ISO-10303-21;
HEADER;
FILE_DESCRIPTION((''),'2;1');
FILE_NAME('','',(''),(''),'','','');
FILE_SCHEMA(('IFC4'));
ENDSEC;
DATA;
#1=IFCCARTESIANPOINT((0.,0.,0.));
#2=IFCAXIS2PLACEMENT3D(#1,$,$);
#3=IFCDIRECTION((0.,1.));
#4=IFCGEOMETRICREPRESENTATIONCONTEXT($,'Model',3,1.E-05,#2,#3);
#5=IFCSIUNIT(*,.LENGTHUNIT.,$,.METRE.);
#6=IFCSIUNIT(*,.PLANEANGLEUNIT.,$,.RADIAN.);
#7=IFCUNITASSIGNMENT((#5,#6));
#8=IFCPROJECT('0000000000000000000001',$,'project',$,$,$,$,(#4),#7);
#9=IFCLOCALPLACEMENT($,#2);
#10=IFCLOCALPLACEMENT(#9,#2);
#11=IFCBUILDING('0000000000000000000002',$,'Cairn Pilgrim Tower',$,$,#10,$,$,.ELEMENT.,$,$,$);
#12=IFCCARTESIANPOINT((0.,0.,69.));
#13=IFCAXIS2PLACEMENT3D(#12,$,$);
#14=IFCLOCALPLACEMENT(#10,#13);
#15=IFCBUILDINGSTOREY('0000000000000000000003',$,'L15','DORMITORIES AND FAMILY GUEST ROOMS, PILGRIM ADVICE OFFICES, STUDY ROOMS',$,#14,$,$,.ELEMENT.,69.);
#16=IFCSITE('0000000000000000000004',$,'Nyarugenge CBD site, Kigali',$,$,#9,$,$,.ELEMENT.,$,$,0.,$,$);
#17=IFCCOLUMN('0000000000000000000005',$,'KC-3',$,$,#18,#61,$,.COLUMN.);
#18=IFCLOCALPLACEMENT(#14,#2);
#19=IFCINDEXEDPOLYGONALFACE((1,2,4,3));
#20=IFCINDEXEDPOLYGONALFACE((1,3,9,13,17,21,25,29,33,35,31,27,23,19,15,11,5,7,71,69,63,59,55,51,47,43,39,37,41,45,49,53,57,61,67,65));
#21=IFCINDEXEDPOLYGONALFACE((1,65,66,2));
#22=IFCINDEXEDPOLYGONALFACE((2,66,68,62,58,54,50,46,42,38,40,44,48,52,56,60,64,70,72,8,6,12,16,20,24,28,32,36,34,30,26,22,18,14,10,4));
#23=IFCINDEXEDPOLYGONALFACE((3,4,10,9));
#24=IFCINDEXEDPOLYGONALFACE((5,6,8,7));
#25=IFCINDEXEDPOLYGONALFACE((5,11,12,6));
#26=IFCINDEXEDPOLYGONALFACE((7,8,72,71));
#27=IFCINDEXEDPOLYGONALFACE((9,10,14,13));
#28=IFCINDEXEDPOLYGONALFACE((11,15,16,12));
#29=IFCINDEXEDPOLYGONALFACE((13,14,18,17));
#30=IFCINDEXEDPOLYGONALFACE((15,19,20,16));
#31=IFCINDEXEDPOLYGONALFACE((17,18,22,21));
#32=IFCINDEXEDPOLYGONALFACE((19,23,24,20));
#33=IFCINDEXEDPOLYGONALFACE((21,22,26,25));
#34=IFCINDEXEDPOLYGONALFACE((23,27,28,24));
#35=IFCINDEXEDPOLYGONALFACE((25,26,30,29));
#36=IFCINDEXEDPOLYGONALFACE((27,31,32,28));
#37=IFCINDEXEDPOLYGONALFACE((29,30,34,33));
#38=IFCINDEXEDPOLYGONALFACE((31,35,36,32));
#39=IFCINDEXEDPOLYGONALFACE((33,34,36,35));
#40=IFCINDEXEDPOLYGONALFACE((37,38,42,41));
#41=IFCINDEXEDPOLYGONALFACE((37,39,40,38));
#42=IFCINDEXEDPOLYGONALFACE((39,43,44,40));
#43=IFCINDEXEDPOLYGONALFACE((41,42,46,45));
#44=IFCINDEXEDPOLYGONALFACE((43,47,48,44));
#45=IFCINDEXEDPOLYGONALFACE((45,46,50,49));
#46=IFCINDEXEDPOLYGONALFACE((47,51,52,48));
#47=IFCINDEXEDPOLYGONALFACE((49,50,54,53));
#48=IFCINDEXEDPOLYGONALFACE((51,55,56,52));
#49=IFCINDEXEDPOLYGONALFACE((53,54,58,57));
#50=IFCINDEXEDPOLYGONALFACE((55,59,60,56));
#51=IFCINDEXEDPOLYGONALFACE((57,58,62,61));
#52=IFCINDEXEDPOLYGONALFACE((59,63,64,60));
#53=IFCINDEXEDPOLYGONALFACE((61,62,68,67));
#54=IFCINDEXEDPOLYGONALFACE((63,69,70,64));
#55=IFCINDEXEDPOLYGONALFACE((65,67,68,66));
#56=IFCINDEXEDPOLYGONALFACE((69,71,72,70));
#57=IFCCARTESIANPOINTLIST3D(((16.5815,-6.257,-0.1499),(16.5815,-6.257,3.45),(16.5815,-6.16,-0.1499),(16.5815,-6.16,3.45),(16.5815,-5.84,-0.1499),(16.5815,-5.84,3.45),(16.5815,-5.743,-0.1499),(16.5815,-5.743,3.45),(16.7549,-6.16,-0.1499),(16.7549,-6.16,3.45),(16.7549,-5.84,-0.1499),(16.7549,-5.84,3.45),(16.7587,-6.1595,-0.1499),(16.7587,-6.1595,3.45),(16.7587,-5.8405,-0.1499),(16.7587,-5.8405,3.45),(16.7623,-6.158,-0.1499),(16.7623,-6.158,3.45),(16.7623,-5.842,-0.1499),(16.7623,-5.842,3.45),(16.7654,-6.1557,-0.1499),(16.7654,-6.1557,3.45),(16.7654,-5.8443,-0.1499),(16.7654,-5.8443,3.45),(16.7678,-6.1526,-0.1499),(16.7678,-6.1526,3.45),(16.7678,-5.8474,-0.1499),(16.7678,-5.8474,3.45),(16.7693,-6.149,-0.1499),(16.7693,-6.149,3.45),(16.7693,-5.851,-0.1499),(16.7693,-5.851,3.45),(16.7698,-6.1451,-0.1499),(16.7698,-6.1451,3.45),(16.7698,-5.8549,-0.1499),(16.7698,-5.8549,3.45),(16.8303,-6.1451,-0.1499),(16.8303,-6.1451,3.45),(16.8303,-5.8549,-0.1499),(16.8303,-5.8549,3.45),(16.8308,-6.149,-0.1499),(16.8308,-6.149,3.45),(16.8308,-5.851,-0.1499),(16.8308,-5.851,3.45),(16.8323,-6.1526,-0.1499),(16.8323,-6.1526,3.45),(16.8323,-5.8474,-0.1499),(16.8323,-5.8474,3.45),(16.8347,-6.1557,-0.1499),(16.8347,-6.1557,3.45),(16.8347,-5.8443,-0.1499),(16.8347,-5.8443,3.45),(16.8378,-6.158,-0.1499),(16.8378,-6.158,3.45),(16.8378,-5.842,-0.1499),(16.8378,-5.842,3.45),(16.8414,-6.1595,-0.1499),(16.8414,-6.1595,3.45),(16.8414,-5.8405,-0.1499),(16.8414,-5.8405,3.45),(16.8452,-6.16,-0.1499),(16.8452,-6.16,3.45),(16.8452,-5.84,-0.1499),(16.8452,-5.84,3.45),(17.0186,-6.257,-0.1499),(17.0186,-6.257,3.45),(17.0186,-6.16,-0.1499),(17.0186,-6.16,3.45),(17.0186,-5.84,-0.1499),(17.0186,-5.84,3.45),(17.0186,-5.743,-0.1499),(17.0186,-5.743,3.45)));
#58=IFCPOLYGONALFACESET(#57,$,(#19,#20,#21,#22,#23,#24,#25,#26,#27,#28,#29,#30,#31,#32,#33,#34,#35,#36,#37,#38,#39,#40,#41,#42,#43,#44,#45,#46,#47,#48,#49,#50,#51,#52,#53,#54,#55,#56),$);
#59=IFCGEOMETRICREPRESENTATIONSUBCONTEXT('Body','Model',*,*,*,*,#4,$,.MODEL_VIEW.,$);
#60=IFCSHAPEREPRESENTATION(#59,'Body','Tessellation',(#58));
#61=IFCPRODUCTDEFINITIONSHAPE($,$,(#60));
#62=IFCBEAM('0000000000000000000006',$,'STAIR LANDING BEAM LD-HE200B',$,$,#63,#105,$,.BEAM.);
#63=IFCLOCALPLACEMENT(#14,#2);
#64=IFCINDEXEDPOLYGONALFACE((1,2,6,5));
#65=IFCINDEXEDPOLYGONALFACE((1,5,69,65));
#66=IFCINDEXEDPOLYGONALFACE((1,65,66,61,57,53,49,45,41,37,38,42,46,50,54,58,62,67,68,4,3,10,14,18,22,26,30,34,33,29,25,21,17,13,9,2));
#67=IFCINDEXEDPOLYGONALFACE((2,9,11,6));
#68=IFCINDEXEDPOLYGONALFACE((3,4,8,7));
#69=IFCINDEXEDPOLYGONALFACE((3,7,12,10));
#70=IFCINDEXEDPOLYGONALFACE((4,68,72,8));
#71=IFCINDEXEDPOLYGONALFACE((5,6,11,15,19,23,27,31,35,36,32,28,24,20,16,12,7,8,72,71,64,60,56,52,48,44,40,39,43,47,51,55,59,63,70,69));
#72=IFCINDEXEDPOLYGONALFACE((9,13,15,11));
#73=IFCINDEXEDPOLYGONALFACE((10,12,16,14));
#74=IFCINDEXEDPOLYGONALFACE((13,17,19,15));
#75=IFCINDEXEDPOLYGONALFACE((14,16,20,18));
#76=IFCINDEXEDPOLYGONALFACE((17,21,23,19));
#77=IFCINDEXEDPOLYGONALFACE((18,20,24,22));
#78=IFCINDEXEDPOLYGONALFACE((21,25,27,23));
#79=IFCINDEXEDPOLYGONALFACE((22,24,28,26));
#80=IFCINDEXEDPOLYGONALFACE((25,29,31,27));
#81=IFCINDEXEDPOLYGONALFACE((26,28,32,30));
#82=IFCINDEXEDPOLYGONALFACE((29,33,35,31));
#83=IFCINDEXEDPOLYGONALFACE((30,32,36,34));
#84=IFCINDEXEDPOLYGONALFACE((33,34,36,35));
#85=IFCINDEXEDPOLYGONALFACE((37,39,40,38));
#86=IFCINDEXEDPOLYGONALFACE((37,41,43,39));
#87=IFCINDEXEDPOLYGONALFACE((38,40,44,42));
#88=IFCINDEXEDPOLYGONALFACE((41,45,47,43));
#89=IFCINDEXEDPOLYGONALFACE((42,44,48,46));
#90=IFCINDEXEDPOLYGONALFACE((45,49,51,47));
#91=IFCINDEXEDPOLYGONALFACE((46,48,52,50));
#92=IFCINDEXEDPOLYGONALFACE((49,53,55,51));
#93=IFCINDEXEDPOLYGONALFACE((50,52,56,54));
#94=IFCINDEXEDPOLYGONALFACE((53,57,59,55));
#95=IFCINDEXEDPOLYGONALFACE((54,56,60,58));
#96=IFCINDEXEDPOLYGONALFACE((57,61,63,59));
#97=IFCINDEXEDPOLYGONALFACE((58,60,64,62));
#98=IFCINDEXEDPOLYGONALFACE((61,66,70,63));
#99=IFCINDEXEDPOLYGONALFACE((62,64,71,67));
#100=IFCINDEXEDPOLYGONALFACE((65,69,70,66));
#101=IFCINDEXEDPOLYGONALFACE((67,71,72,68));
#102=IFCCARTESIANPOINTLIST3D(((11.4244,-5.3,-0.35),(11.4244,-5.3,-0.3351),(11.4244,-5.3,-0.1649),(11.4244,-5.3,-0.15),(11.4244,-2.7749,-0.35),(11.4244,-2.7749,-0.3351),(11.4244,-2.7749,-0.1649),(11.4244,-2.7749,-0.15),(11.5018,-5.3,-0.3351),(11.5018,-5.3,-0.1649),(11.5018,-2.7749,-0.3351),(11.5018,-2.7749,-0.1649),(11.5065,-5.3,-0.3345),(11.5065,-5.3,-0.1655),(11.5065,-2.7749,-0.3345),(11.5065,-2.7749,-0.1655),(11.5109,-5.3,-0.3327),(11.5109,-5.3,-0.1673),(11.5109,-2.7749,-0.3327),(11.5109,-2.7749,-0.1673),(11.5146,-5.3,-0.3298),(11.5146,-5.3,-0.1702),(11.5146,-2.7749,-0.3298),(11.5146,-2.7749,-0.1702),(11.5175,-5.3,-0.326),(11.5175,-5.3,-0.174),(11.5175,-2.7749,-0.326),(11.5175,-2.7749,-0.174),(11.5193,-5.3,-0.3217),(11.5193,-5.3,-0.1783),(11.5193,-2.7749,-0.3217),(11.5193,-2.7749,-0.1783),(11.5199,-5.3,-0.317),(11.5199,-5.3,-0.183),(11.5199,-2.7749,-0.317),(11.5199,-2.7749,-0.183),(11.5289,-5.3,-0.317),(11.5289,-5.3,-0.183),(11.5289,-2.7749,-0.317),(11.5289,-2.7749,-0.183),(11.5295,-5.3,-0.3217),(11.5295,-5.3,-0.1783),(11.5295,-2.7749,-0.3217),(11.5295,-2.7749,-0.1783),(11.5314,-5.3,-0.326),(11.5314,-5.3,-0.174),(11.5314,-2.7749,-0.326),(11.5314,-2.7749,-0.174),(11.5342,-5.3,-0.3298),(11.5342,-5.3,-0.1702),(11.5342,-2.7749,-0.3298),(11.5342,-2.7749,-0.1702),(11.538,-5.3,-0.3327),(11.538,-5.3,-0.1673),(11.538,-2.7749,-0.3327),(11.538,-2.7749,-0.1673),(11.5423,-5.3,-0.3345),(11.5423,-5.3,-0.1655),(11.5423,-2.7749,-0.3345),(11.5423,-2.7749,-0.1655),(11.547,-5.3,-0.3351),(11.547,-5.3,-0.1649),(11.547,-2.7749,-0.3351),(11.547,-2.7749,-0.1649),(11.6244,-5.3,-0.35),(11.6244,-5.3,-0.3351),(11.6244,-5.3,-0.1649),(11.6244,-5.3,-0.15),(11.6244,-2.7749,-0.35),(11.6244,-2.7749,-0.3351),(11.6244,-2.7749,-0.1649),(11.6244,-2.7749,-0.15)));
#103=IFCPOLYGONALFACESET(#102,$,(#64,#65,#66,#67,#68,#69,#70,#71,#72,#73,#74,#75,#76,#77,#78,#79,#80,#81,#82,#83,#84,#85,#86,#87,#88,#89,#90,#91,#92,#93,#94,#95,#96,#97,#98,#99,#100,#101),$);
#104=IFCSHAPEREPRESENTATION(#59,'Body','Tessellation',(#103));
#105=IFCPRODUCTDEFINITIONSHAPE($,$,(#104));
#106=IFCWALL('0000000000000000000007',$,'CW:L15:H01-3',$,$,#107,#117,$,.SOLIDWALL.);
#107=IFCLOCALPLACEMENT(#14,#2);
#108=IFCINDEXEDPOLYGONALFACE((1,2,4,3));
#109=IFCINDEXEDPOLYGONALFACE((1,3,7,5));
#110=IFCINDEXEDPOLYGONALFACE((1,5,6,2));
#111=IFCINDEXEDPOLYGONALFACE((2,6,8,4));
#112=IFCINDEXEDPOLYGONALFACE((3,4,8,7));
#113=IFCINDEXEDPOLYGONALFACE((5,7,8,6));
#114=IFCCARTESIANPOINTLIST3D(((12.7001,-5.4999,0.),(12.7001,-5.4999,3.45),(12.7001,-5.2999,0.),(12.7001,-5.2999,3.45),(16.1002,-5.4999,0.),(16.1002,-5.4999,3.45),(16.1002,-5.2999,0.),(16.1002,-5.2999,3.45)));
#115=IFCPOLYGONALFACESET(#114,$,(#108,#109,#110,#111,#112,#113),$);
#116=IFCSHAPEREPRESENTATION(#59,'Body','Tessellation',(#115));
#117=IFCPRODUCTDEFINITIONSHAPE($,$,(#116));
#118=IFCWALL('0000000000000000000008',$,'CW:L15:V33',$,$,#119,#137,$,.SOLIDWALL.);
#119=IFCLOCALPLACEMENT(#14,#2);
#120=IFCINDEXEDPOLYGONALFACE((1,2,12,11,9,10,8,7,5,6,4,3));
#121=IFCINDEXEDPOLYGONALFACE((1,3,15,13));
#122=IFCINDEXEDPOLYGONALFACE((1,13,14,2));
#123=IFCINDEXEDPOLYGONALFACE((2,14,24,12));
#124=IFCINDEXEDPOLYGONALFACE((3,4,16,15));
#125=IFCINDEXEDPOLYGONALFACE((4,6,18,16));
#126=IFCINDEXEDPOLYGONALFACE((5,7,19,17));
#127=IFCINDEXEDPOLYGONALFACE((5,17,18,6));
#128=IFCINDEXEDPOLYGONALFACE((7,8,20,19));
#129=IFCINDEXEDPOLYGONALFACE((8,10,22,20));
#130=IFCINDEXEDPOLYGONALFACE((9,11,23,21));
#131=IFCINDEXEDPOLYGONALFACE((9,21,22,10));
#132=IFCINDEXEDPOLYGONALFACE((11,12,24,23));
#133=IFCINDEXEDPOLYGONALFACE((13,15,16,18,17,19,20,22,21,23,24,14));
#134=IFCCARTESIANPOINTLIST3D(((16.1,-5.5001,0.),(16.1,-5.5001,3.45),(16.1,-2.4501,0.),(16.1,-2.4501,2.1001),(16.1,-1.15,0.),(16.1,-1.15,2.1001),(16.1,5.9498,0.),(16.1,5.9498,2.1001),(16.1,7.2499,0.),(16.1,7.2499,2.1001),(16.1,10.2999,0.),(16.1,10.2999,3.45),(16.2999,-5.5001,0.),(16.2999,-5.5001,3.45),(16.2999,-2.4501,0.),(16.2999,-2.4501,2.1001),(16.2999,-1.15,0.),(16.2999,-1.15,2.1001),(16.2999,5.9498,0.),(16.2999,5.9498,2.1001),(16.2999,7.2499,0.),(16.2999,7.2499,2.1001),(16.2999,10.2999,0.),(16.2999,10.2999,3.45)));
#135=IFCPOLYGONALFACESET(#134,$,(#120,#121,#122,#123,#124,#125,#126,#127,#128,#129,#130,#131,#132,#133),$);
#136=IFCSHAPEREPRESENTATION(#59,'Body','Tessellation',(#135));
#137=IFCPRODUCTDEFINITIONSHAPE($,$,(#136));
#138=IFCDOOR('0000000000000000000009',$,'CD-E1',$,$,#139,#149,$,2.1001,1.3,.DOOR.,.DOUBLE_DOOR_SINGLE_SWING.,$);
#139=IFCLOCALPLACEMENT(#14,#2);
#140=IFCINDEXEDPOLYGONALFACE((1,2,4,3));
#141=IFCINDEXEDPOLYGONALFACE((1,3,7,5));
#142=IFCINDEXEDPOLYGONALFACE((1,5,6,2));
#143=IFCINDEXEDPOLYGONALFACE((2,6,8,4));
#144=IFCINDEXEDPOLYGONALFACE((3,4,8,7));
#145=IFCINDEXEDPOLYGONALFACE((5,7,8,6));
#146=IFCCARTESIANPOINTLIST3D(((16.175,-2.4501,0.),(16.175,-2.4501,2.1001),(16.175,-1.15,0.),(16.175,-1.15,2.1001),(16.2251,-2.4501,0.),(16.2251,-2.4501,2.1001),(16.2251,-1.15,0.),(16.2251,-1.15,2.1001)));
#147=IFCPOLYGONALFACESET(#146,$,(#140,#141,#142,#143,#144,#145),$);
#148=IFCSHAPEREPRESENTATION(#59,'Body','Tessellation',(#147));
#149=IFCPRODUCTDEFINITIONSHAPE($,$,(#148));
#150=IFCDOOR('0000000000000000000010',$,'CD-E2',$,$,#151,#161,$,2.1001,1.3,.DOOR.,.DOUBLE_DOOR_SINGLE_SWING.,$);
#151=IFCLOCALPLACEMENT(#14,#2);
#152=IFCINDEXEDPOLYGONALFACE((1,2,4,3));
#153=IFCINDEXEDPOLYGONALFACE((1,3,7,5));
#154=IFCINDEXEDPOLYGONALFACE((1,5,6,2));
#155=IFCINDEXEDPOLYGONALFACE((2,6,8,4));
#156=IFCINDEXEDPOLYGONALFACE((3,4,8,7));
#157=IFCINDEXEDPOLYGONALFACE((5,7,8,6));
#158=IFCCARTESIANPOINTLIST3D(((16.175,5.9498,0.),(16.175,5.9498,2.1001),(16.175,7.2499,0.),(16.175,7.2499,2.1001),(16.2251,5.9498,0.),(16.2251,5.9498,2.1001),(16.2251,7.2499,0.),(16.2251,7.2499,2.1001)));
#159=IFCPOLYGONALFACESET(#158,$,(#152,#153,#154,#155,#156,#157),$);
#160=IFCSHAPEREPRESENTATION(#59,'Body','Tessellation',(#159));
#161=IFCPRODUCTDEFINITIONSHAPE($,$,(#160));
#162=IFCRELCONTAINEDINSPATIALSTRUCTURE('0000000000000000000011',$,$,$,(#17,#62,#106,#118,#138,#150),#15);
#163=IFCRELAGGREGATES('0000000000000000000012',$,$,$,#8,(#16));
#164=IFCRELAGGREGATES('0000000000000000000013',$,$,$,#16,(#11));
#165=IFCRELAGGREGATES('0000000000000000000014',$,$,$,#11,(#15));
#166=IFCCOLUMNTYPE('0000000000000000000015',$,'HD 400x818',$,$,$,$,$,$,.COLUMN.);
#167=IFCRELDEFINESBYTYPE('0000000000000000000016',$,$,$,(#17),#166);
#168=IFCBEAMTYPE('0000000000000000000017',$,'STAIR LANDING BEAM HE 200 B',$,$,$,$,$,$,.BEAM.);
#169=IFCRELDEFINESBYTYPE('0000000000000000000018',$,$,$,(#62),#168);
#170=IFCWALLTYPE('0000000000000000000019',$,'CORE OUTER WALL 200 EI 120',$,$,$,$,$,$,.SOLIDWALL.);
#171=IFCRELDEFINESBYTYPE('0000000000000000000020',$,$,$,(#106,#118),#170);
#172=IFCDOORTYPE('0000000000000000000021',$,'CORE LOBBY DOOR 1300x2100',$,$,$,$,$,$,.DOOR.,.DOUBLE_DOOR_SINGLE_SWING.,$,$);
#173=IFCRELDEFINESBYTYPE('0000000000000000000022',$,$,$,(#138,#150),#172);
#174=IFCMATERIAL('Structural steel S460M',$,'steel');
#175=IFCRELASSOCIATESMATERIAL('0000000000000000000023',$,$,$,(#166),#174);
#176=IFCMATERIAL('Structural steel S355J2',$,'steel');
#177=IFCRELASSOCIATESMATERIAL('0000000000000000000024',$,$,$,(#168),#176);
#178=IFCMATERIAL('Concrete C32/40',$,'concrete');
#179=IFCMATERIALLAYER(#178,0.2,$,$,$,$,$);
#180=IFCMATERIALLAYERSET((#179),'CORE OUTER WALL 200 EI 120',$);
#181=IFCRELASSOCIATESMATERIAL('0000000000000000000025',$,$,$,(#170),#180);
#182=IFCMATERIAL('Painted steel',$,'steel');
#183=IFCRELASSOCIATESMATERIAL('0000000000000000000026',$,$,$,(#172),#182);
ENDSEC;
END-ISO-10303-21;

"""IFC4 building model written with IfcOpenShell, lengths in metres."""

from ifc_helpers import new_model, si_unit, direction, frame, frame_2d, origin, origin_2d, place, context, subcontext, project, spatial, rectangle, i_section, extrude, material, layer, layer_set, material_profile, profile_set, type_object, element, fill, save


model = new_model("IFC4")

# Units and contexts
model_context = context("Model", 3, precision=1e-05, world=origin(), true_north=direction((0.0, 1.0)))
body_context = subcontext(model_context, "Body", "Model", "MODEL_VIEW")
ifc_project = project(units=[si_unit("LENGTHUNIT", "METRE"), si_unit("PLANEANGLEUNIT", "RADIAN")], contexts=[model_context])

# Site, building, storey
site_placement = place(None, origin())
site = spatial("IfcSite", under=ifc_project, at=site_placement, Name="Nyarugenge CBD site, Kigali", CompositionType="ELEMENT", RefElevation=0.0)
building_placement = place(site_placement, origin())
building = spatial("IfcBuilding", under=site, at=building_placement, Name="Cairn Pilgrim Tower", CompositionType="ELEMENT")
storey_placement = place(building_placement, frame((0.0, 0.0, 69.0)))
storey = spatial("IfcBuildingStorey", under=building, at=storey_placement, Name="L15", Description="DORMITORIES AND FAMILY GUEST ROOMS, PILGRIM ADVICE OFFICES, STUDY ROOMS", CompositionType="ELEMENT", Elevation=69.0)

# Column
ifc_material_1 = material(Name="Structural steel S460M", Category="steel")
ifc_material_profile_1 = material_profile(ifc_material_1, i_section(OverallWidth=0.437, OverallDepth=0.5139, WebThickness=0.0605, FlangeThickness=0.0969, FilletRadius=0.0149, at=origin_2d()), Name="HD 400x818")
ifc_profile_set_1 = profile_set([ifc_material_profile_1], Name="Structural steel S460M")
column_type = type_object("IfcColumnType", Name="HD 400x818", PredefinedType="COLUMN", material=ifc_profile_set_1)
column_placement = place(storey_placement, frame((16.8, -6.0, -0.1499), z_axis=(0.0, 0.0, 1.0), x_axis=(1.0, 0.0, 0.0)))
element("IfcColumn", 1, at=column_placement, inside=storey, type_object=column_type, Name="KC-3", PredefinedType="COLUMN", context=body_context, shape_type="SweptSolid", body=[
    extrude(i_section(OverallWidth=0.437, OverallDepth=0.5139, WebThickness=0.0605, FlangeThickness=0.0969, FilletRadius=0.0149, at=origin_2d()), origin(), (0.0, 0.0, 1.0), 3.5999),
])

# Beam
ifc_material_2 = material(Name="Structural steel S355J2", Category="steel")
ifc_material_profile_2 = material_profile(ifc_material_2, i_section(OverallWidth=0.2, OverallDepth=0.2, WebThickness=0.009, FlangeThickness=0.0149, FilletRadius=0.0181, at=origin_2d()), Name="HE 200 B")
ifc_profile_set_2 = profile_set([ifc_material_profile_2], Name="Structural steel S355J2")
beam_type = type_object("IfcBeamType", Name="STAIR LANDING BEAM HE 200 B", PredefinedType="BEAM", material=ifc_profile_set_2)
beam_placement = place(storey_placement, frame((11.5244, -2.7749, -0.25), z_axis=(0.0, -1.0, 0.0), x_axis=(1.0, 0.0, 0.0)))
element("IfcBeam", 2, at=beam_placement, inside=storey, type_object=beam_type, Name="STAIR LANDING BEAM LD-HE200B", PredefinedType="BEAM", context=body_context, shape_type="SweptSolid", body=[
    extrude(i_section(OverallWidth=0.2, OverallDepth=0.2, WebThickness=0.009, FlangeThickness=0.0149, FilletRadius=0.0181, at=origin_2d()), origin(), (0.0, 0.0, 1.0), 2.5251),
])

# Wall
ifc_material_3 = material(Name="Concrete C32/40", Category="concrete")
ifc_layer_1 = layer(ifc_material_3, 0.2)
ifc_layer_set_1 = layer_set([ifc_layer_1], Name="CORE OUTER WALL 200 EI 120")
wall_type_1 = type_object("IfcWallType", Name="CORE OUTER WALL 200 EI 120", PredefinedType="SOLIDWALL", material=ifc_layer_set_1)
wall_1_placement = place(storey_placement, frame((12.7, -5.3999, 0.0), z_axis=(0.0, 0.0, 1.0), x_axis=(1.0, 0.0, 0.0)))
element("IfcWall", 3, at=wall_1_placement, inside=storey, type_object=wall_type_1, Name="CW:L15:H01-3", PredefinedType="SOLIDWALL", context=body_context, shape_type="SweptSolid", body=[
    extrude(rectangle(XDim=3.4001, YDim=0.2, at=frame_2d((1.7002, 0.0))), origin(), (0.0, 0.0, 1.0), 3.45),
])

# Wall, openings, doors
wall_2_placement = place(storey_placement, frame((16.2, -5.5, 0.0), z_axis=(0.0, 0.0, 1.0), x_axis=(0.0, 1.0, 0.0)))
wall_2 = element("IfcWall", 4, at=wall_2_placement, inside=storey, type_object=wall_type_1, Name="CW:L15:V33", PredefinedType="SOLIDWALL", context=body_context, shape_type="SweptSolid", body=[
    extrude(rectangle(XDim=15.8, YDim=0.2, at=frame_2d((7.8999, 0.0))), origin(), (0.0, 0.0, 1.0), 3.45),
])
opening_1_placement = place(wall_2_placement, frame((3.05, 0.0, 0.0)))
opening_1 = element("IfcOpeningElement", 5, at=opening_1_placement, cuts=wall_2, PredefinedType="OPENING", context=body_context, shape_type="SweptSolid", body=[
    extrude(rectangle(XDim=1.3, YDim=2.1001, at=frame_2d((0.6499, 1.05))), frame((0.0, 0.1099, 0.0), z_axis=(0.0, -1.0, 0.0), x_axis=(1.0, 0.0, 0.0)), (0.0, 0.0, 1.0), 0.22),
])
opening_2_placement = place(wall_2_placement, frame((11.45, 0.0, 0.0)))
opening_2 = element("IfcOpeningElement", 6, at=opening_2_placement, cuts=wall_2, PredefinedType="OPENING", context=body_context, shape_type="SweptSolid", body=[
    extrude(rectangle(XDim=1.3, YDim=2.1001, at=frame_2d((0.6499, 1.05))), frame((0.0, 0.1099, 0.0), z_axis=(0.0, -1.0, 0.0), x_axis=(1.0, 0.0, 0.0)), (0.0, 0.0, 1.0), 0.22),
])
ifc_material_4 = material(Name="Painted steel", Category="steel")
door_type_1 = type_object("IfcDoorType", Name="CORE LOBBY DOOR 1300x2100", OperationType="DOUBLE_DOOR_SINGLE_SWING", PredefinedType="DOOR", material=ifc_material_4)
door_1_placement = place(opening_1_placement, origin())
door_1 = element("IfcDoor", 7, at=door_1_placement, inside=storey, type_object=door_type_1, Name="CD-E1", OperationType="DOUBLE_DOOR_SINGLE_SWING", OverallHeight=2.1001, OverallWidth=1.3, PredefinedType="DOOR", context=body_context, shape_type="SweptSolid", body=[
    extrude(rectangle(XDim=1.3, YDim=2.1001, at=frame_2d((0.6499, 1.05))), frame((0.0, 0.0249, 0.0), z_axis=(0.0, -1.0, 0.0), x_axis=(1.0, 0.0, 0.0)), (0.0, 0.0, 1.0), 0.05),
])
fill(opening_1, door_1)
door_2_placement = place(opening_2_placement, origin())
door_2 = element("IfcDoor", 8, at=door_2_placement, inside=storey, type_object=door_type_1, Name="CD-E2", OperationType="DOUBLE_DOOR_SINGLE_SWING", OverallHeight=2.1001, OverallWidth=1.3, PredefinedType="DOOR", context=body_context, shape_type="SweptSolid", body=[
    extrude(rectangle(XDim=1.3, YDim=2.1001, at=frame_2d((0.6499, 1.05))), frame((0.0, 0.0249, 0.0), z_axis=(0.0, -1.0, 0.0), x_axis=(1.0, 0.0, 0.0)), (0.0, 0.0, 1.0), 0.05),
])
fill(opening_2, door_2)

save(model, "model.ifc")
